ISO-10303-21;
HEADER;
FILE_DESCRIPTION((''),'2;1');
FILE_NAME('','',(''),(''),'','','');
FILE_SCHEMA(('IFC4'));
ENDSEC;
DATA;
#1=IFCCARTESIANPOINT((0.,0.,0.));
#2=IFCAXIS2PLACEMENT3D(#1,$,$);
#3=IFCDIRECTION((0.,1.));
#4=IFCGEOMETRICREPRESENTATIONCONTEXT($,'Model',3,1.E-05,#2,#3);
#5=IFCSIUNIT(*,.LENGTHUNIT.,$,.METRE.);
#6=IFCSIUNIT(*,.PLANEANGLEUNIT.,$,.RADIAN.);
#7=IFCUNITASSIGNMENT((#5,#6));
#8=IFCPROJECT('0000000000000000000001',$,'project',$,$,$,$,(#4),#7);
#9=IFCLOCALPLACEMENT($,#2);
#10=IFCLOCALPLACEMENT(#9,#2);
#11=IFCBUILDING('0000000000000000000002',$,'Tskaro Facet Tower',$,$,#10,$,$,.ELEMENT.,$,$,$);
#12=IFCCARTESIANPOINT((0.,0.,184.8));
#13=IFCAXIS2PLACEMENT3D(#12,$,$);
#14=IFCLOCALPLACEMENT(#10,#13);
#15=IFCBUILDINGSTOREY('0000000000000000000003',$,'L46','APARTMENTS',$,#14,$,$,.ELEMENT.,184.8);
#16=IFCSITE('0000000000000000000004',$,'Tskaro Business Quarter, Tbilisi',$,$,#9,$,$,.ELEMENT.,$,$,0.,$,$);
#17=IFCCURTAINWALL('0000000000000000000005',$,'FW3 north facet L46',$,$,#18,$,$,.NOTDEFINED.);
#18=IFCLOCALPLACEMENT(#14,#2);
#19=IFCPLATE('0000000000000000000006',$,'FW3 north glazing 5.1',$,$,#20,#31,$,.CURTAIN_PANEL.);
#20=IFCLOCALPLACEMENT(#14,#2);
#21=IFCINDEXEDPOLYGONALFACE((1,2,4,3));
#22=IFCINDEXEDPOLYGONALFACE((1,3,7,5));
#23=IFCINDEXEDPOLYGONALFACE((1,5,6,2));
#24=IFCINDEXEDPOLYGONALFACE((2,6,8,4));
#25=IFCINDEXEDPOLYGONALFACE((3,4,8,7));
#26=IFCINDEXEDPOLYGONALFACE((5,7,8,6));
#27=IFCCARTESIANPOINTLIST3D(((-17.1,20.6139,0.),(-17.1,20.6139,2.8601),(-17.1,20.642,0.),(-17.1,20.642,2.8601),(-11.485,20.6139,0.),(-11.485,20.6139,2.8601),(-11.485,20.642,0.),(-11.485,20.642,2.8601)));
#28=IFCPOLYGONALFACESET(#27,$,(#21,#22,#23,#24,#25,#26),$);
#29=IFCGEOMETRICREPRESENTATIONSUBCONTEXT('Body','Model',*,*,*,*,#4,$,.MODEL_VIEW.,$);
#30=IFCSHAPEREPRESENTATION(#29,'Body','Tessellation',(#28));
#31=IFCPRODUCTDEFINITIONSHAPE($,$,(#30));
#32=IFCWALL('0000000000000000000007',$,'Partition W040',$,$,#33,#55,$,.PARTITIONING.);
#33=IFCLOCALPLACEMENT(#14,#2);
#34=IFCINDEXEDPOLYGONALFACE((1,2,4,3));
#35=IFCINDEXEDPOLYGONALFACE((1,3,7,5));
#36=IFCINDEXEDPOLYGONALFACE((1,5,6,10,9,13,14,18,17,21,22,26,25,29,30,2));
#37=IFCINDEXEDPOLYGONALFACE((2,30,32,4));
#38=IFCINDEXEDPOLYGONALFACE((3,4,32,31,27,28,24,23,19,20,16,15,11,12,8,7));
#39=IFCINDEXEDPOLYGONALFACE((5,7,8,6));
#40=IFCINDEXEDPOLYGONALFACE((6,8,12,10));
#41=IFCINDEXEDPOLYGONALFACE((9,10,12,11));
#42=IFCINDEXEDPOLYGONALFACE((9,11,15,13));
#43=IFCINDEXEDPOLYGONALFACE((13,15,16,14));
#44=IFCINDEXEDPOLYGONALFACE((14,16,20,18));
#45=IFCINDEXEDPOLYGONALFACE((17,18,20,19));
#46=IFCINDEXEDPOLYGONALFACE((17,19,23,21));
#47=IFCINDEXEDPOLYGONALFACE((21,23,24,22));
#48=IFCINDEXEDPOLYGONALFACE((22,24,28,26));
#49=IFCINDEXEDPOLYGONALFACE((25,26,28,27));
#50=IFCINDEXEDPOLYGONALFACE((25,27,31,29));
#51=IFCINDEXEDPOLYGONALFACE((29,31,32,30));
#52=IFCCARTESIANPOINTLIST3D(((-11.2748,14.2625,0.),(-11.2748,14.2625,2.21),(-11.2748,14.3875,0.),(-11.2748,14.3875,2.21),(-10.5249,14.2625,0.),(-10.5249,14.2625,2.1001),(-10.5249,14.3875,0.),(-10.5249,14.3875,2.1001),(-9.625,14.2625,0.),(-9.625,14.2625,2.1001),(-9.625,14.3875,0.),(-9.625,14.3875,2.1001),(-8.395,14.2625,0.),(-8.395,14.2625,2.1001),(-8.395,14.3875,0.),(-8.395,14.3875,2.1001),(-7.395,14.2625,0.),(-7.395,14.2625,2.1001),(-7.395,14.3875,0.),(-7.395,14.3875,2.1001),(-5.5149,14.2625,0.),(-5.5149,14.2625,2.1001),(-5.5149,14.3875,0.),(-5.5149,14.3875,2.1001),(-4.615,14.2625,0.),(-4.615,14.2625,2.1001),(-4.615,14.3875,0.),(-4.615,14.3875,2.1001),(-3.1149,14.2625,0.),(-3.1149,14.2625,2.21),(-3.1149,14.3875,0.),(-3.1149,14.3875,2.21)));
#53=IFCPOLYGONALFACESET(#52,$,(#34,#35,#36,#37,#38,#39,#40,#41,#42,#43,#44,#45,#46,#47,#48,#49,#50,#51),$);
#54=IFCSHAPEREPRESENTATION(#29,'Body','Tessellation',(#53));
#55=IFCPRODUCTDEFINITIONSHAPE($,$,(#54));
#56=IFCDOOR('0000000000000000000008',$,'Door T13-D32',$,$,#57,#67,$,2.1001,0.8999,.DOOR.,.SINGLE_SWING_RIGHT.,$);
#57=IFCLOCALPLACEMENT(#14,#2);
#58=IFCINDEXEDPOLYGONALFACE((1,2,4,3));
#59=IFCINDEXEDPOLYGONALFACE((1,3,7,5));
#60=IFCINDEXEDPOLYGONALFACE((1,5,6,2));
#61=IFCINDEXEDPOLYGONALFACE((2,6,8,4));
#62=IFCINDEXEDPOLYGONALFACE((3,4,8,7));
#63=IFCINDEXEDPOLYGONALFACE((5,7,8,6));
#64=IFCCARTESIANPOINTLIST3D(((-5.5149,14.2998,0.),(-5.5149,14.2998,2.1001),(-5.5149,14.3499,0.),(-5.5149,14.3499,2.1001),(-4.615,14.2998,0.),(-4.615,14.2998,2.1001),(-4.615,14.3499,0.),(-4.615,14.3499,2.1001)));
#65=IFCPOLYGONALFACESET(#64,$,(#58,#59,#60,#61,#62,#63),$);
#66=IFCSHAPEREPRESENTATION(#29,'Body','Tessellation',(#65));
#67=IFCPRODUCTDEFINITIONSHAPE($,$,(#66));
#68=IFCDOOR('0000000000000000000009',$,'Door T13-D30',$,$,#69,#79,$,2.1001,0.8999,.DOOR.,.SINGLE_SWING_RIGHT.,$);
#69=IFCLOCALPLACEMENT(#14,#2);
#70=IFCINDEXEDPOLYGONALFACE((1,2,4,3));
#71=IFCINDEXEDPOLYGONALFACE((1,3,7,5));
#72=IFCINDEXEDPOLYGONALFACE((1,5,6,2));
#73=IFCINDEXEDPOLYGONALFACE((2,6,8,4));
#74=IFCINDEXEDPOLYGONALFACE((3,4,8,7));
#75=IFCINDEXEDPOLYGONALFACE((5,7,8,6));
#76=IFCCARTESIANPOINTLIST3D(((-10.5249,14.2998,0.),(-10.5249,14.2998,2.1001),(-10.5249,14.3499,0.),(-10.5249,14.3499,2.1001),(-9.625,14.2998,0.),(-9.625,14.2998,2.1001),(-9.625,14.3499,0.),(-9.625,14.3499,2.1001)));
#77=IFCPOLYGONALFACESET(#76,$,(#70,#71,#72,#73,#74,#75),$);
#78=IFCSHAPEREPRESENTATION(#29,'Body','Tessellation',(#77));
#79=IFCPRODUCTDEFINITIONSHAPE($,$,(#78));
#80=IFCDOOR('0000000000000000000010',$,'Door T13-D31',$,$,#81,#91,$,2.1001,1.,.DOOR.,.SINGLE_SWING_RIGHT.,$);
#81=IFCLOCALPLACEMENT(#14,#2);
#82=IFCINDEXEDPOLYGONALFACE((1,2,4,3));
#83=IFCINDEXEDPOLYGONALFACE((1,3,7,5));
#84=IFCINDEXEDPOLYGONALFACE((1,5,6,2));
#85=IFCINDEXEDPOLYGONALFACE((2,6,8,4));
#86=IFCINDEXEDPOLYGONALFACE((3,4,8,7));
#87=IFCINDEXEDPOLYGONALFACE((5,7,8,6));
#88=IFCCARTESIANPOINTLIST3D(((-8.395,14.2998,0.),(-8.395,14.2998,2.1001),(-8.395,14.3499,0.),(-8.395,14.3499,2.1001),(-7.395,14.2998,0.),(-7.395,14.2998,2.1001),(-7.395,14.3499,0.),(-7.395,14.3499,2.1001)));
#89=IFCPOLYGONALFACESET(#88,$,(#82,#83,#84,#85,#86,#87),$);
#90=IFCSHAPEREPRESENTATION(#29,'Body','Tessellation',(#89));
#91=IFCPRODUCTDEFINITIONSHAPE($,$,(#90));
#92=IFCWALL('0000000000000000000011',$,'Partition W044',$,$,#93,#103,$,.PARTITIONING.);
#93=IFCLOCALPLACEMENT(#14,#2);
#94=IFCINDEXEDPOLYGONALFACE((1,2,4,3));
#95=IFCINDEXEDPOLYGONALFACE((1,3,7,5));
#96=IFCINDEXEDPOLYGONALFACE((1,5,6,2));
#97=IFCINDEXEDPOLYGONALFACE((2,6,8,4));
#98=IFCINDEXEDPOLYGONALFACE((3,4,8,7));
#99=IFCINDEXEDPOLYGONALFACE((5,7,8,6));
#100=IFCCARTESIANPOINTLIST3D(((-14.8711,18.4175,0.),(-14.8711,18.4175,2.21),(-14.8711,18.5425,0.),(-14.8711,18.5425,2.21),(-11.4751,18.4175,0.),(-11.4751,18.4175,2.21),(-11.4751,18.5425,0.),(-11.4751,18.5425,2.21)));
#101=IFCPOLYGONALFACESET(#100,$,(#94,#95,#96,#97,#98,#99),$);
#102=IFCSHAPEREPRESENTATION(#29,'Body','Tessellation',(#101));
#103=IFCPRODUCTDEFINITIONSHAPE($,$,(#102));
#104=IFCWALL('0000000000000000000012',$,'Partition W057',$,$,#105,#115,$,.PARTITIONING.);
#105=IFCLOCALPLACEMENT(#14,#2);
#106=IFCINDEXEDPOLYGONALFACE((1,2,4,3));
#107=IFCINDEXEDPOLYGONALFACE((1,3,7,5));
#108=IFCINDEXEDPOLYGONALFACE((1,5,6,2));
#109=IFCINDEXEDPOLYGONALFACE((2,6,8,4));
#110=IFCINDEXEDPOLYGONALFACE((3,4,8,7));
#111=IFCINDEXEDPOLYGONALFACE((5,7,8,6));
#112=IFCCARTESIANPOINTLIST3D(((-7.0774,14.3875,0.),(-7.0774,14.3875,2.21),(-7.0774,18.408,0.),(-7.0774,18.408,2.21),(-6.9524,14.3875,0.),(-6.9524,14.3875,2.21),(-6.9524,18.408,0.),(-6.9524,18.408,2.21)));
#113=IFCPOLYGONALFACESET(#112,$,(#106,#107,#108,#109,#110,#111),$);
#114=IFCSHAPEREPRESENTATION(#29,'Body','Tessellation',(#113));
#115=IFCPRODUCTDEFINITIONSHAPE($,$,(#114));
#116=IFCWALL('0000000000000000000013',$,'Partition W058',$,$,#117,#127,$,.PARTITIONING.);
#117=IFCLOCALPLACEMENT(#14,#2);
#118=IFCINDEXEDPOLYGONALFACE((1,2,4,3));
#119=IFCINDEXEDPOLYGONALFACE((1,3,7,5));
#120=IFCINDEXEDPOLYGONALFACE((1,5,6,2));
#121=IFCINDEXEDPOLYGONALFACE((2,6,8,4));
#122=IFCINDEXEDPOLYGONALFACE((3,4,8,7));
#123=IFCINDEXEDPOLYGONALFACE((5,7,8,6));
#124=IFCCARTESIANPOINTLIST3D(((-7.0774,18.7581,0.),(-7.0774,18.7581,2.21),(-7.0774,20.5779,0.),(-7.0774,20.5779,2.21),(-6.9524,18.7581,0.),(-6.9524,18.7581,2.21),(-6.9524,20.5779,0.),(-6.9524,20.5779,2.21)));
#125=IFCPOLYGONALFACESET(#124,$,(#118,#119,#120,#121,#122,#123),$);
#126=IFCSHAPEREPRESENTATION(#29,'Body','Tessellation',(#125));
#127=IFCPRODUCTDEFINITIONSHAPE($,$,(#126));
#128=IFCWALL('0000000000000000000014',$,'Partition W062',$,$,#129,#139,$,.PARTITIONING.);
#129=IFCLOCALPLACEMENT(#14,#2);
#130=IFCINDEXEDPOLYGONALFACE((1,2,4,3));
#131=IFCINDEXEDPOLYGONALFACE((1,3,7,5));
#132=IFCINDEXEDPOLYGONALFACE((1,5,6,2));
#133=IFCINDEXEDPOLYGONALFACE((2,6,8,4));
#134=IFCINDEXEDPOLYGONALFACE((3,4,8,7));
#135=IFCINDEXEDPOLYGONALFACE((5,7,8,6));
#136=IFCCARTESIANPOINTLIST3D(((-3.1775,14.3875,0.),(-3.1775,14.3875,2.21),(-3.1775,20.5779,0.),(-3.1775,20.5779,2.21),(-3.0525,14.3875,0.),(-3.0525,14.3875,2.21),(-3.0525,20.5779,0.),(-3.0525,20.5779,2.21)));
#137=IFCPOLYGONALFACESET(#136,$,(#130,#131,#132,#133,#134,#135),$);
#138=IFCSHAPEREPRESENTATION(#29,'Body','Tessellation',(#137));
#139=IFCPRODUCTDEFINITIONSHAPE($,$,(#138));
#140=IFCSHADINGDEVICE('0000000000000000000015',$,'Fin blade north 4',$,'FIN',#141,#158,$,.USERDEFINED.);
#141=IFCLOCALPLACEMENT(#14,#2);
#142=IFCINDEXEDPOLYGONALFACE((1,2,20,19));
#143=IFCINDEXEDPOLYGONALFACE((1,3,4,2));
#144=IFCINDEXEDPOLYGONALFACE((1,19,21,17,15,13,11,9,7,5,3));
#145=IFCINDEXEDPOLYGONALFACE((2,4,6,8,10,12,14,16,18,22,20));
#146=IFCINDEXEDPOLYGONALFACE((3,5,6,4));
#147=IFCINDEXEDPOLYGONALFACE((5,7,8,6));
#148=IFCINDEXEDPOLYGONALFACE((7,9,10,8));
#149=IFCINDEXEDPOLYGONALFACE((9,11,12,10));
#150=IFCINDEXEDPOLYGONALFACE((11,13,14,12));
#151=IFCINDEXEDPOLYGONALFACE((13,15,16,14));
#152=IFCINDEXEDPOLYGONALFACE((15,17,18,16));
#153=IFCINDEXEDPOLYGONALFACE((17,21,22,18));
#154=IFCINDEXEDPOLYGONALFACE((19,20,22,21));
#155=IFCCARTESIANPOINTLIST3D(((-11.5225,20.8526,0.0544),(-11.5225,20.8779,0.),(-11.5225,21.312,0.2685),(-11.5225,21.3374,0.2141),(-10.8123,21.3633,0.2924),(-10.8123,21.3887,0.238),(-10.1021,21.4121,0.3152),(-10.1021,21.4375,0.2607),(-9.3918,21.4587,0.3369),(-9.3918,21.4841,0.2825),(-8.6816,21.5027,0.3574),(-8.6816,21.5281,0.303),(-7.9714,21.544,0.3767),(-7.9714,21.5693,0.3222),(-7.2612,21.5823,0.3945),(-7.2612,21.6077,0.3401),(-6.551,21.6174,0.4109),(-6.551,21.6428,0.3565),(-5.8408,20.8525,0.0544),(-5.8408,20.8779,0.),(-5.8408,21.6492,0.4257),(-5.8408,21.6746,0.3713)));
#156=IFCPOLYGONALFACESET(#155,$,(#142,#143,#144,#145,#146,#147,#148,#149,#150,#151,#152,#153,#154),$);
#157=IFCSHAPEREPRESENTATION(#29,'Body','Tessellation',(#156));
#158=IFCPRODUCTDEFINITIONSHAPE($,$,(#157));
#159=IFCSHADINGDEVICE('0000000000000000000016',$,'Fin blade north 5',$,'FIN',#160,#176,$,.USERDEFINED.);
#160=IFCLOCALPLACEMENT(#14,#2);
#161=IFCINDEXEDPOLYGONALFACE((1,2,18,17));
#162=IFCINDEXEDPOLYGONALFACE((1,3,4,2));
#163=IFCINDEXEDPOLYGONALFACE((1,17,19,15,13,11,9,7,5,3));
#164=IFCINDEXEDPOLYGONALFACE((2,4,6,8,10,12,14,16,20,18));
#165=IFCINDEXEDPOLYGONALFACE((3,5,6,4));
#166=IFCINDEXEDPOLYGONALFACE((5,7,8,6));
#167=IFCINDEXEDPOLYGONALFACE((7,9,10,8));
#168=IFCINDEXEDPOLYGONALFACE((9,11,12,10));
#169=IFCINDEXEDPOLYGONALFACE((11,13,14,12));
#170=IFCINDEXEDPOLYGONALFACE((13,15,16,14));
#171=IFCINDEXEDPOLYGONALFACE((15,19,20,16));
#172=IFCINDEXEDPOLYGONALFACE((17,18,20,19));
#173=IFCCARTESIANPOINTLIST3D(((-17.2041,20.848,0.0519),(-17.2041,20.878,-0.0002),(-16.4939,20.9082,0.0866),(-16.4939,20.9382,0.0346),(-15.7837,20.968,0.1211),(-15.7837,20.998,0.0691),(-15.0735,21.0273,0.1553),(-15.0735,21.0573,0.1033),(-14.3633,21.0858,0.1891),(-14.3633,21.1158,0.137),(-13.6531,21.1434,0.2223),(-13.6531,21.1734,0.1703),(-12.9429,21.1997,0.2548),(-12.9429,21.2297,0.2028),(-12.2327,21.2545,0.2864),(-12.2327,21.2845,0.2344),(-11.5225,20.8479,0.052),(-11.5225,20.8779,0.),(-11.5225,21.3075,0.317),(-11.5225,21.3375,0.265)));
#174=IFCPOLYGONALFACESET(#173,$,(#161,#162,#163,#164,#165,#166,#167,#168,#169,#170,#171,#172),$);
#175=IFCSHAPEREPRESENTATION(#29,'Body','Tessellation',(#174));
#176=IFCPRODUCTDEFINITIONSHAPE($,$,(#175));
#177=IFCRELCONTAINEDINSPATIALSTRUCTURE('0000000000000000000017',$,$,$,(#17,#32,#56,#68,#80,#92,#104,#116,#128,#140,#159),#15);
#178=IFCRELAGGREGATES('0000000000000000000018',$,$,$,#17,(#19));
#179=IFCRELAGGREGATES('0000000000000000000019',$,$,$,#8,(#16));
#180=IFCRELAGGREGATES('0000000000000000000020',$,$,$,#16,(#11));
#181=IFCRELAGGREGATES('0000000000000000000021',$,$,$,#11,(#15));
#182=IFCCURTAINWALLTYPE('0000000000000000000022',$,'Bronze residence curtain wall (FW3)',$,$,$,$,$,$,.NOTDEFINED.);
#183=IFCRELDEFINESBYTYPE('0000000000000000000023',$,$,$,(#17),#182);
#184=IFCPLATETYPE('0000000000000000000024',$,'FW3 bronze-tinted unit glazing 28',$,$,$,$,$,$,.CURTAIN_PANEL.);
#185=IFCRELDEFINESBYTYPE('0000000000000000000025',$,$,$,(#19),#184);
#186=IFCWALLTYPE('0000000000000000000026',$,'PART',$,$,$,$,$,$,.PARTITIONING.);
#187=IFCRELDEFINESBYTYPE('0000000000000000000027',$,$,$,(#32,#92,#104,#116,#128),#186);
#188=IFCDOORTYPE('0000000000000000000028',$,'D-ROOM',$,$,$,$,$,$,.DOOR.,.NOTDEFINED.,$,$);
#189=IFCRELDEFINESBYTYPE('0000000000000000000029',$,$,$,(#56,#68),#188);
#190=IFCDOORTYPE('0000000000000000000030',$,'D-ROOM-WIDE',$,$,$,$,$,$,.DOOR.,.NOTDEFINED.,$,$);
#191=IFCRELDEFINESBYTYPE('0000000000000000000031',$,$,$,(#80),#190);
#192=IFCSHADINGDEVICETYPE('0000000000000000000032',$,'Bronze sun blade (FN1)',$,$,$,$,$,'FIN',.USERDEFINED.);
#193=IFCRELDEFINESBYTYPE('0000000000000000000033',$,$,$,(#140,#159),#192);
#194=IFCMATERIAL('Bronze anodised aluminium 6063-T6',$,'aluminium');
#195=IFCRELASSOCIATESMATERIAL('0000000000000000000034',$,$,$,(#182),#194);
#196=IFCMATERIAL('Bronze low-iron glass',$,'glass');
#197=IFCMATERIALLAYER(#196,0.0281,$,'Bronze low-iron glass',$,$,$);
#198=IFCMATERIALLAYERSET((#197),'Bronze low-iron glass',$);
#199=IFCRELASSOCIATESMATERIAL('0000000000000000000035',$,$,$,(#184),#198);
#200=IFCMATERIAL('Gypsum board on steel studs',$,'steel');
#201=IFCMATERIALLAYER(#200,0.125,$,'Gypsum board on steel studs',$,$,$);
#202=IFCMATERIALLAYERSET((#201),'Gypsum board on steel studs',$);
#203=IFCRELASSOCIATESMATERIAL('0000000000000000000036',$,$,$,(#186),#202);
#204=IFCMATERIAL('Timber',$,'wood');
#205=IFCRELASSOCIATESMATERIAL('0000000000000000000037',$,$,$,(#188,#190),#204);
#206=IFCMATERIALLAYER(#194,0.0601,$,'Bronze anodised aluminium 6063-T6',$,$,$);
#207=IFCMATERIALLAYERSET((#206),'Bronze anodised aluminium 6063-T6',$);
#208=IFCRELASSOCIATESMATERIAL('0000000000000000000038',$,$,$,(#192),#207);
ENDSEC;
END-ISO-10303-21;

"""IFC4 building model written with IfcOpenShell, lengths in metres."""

from ifc_helpers import new_model, si_unit, direction, frame, frame_2d, origin, origin_2d, place, context, subcontext, project, spatial, polyline, rectangle, outline, extrude, material, layer, layer_set, type_object, element, fill, aggregate, save


model = new_model("IFC4")

# Units and contexts
model_context = context("Model", 3, precision=1e-05, world=origin(), true_north=direction((0.0, 1.0)))
body_context = subcontext(model_context, "Body", "Model", "MODEL_VIEW")
ifc_project = project(units=[si_unit("LENGTHUNIT", "METRE"), si_unit("PLANEANGLEUNIT", "RADIAN")], contexts=[model_context])

# Site, building, storey
site_placement = place(None, origin())
site = spatial("IfcSite", under=ifc_project, at=site_placement, Name="Tskaro Business Quarter, Tbilisi", CompositionType="ELEMENT", RefElevation=0.0)
building_placement = place(site_placement, origin())
building = spatial("IfcBuilding", under=site, at=building_placement, Name="Tskaro Facet Tower", CompositionType="ELEMENT")
storey_placement = place(building_placement, frame((0.0, 0.0, 184.8)))
storey = spatial("IfcBuildingStorey", under=building, at=storey_placement, Name="L46", Description="APARTMENTS", CompositionType="ELEMENT", Elevation=184.8)

# Shared definitions
ifc_material_1 = material(Name="Bronze anodised aluminium 6063-T6", Category="aluminium")
curtain_wall_type = type_object("IfcCurtainWallType", Name="Bronze residence curtain wall (FW3)", PredefinedType="NOTDEFINED", material=ifc_material_1)

# Curtain wall
curtain_wall_1_placement = place(storey_placement, origin())
curtain_wall_1 = element("IfcCurtainWall", 1, at=curtain_wall_1_placement, inside=storey, type_object=curtain_wall_type, Name="FW3 north facet L46", PredefinedType="NOTDEFINED")

# Plate
ifc_material_2 = material(Name="Bronze low-iron glass", Category="glass")
ifc_layer_1 = layer(ifc_material_2, 0.0281, Name="Bronze low-iron glass")
ifc_layer_set_1 = layer_set([ifc_layer_1], Name="Bronze low-iron glass")
plate_type = type_object("IfcPlateType", Name="FW3 bronze-tinted unit glazing 28", PredefinedType="CURTAIN_PANEL", material=ifc_layer_set_1)
plate_1_placement = place(storey_placement, frame((-14.2925, 20.6279, 0.0), z_axis=(0.0, 0.0, 1.0), x_axis=(-1.0, 0.0, 0.0)))
plate_1 = element("IfcPlate", 2, at=plate_1_placement, type_object=plate_type, Name="FW3 north glazing 5.1", PredefinedType="CURTAIN_PANEL", context=body_context, shape_type="SweptSolid", body=[
    extrude(rectangle(XDim=5.615, YDim=0.0281, at=origin_2d()), origin(), (0.0, 0.0, 1.0), 2.8601),
])
aggregate(curtain_wall_1, [plate_1])

# Wall, openings, doors
ifc_material_3 = material(Name="Gypsum board on steel studs", Category="steel")
ifc_layer_2 = layer(ifc_material_3, 0.125, Name="Gypsum board on steel studs")
ifc_layer_set_2 = layer_set([ifc_layer_2], Name="Gypsum board on steel studs")
wall_type = type_object("IfcWallType", Name="PART", PredefinedType="PARTITIONING", material=ifc_layer_set_2)
wall_1_placement = place(storey_placement, frame((-11.2749, 14.325, 0.0), z_axis=(0.0, 0.0, 1.0), x_axis=(1.0, 0.0, 0.0)))
wall_1 = element("IfcWall", 3, at=wall_1_placement, inside=storey, type_object=wall_type, Name="Partition W040", PredefinedType="PARTITIONING", context=body_context, shape_type="SweptSolid", body=[
    extrude(rectangle(XDim=8.1599, YDim=0.125, at=frame_2d((4.0801, 0.0))), origin(), (0.0, 0.0, 1.0), 2.21),
])
opening_1_placement = place(wall_1_placement, frame((5.76, 0.0, 0.0)))
opening_1 = element("IfcOpeningElement", 4, at=opening_1_placement, cuts=wall_1, PredefinedType="OPENING", context=body_context, shape_type="SweptSolid", body=[
    extrude(rectangle(XDim=0.8999, YDim=2.1001, at=frame_2d((0.45, 1.05))), frame((0.0, 0.0725, 0.0), z_axis=(0.0, -1.0, 0.0), x_axis=(1.0, 0.0, 0.0)), (0.0, 0.0, 1.0), 0.145),
])
opening_2_placement = place(wall_1_placement, frame((2.8799, 0.0, 0.0)))
opening_2 = element("IfcOpeningElement", 5, at=opening_2_placement, cuts=wall_1, PredefinedType="OPENING", context=body_context, shape_type="SweptSolid", body=[
    extrude(rectangle(XDim=1.0, YDim=2.1001, at=frame_2d((0.5, 1.05))), frame((0.0, 0.0725, 0.0), z_axis=(0.0, -1.0, 0.0), x_axis=(1.0, 0.0, 0.0)), (0.0, 0.0, 1.0), 0.145),
])
opening_3_placement = place(wall_1_placement, frame((0.75, 0.0, 0.0)))
opening_3 = element("IfcOpeningElement", 6, at=opening_3_placement, cuts=wall_1, PredefinedType="OPENING", context=body_context, shape_type="SweptSolid", body=[
    extrude(rectangle(XDim=0.8999, YDim=2.1001, at=frame_2d((0.45, 1.05))), frame((0.0, 0.0725, 0.0), z_axis=(0.0, -1.0, 0.0), x_axis=(1.0, 0.0, 0.0)), (0.0, 0.0, 1.0), 0.145),
])
ifc_material_4 = material(Name="Timber", Category="wood")
door_type_1 = type_object("IfcDoorType", Name="D-ROOM", OperationType="NOTDEFINED", PredefinedType="DOOR", material=ifc_material_4)
door_1_placement = place(opening_1_placement, origin())
door_1 = element("IfcDoor", 7, at=door_1_placement, inside=storey, type_object=door_type_1, Name="Door T13-D32", OperationType="SINGLE_SWING_RIGHT", OverallHeight=2.1001, OverallWidth=0.8999, PredefinedType="DOOR", context=body_context, shape_type="SweptSolid", body=[
    extrude(rectangle(XDim=0.8999, YDim=2.1001, at=frame_2d((0.45, 1.05))), frame((0.0, 0.0249, 0.0), z_axis=(0.0, -1.0, 0.0), x_axis=(1.0, 0.0, 0.0)), (0.0, 0.0, 1.0), 0.05),
])
fill(opening_1, door_1)
door_2_placement = place(opening_3_placement, origin())
door_2 = element("IfcDoor", 8, at=door_2_placement, inside=storey, type_object=door_type_1, Name="Door T13-D30", OperationType="SINGLE_SWING_RIGHT", OverallHeight=2.1001, OverallWidth=0.8999, PredefinedType="DOOR", context=body_context, shape_type="SweptSolid", body=[
    extrude(rectangle(XDim=0.8999, YDim=2.1001, at=frame_2d((0.45, 1.05))), frame((0.0, 0.0249, 0.0), z_axis=(0.0, -1.0, 0.0), x_axis=(1.0, 0.0, 0.0)), (0.0, 0.0, 1.0), 0.05),
])
fill(opening_3, door_2)
door_type_2 = type_object("IfcDoorType", Name="D-ROOM-WIDE", OperationType="NOTDEFINED", PredefinedType="DOOR", material=ifc_material_4)
door_3_placement = place(opening_2_placement, origin())
door_3 = element("IfcDoor", 9, at=door_3_placement, inside=storey, type_object=door_type_2, Name="Door T13-D31", OperationType="SINGLE_SWING_RIGHT", OverallHeight=2.1001, OverallWidth=1.0, PredefinedType="DOOR", context=body_context, shape_type="SweptSolid", body=[
    extrude(rectangle(XDim=1.0, YDim=2.1001, at=frame_2d((0.5, 1.05))), frame((0.0, 0.0249, 0.0), z_axis=(0.0, -1.0, 0.0), x_axis=(1.0, 0.0, 0.0)), (0.0, 0.0, 1.0), 0.05),
])
fill(opening_2, door_3)

# Walls
wall_2_placement = place(storey_placement, frame((-14.8711, 18.48, 0.0), z_axis=(0.0, 0.0, 1.0), x_axis=(1.0, 0.0, 0.0)))
element("IfcWall", 10, at=wall_2_placement, inside=storey, type_object=wall_type, Name="Partition W044", PredefinedType="PARTITIONING", context=body_context, shape_type="SweptSolid", body=[
    extrude(rectangle(XDim=3.396, YDim=0.125, at=frame_2d((1.698, 0.0))), origin(), (0.0, 0.0, 1.0), 2.21),
])
wall_3_placement = place(storey_placement, frame((-7.0149, 14.3875, 0.0), z_axis=(0.0, 0.0, 1.0), x_axis=(0.0, 1.0, 0.0)))
element("IfcWall", 11, at=wall_3_placement, inside=storey, type_object=wall_type, Name="Partition W057", PredefinedType="PARTITIONING", context=body_context, shape_type="SweptSolid", body=[
    extrude(rectangle(XDim=4.0205, YDim=0.125, at=frame_2d((2.0103, 0.0))), origin(), (0.0, 0.0, 1.0), 2.21),
])
wall_4_placement = place(storey_placement, frame((-7.0149, 18.7581, 0.0), z_axis=(0.0, 0.0, 1.0), x_axis=(0.0, 1.0, 0.0)))
element("IfcWall", 12, at=wall_4_placement, inside=storey, type_object=wall_type, Name="Partition W058", PredefinedType="PARTITIONING", context=body_context, shape_type="SweptSolid", body=[
    extrude(rectangle(XDim=1.8198, YDim=0.125, at=frame_2d((0.9099, 0.0))), origin(), (0.0, 0.0, 1.0), 2.21),
])
wall_5_placement = place(storey_placement, frame((-3.115, 14.3875, 0.0), z_axis=(0.0, 0.0, 1.0), x_axis=(0.0, 1.0, 0.0)))
element("IfcWall", 13, at=wall_5_placement, inside=storey, type_object=wall_type, Name="Partition W062", PredefinedType="PARTITIONING", context=body_context, shape_type="SweptSolid", body=[
    extrude(rectangle(XDim=6.1904, YDim=0.125, at=frame_2d((3.0952, 0.0))), origin(), (0.0, 0.0, 1.0), 2.21),
])

# Shading devices
ifc_layer_3 = layer(ifc_material_1, 0.0601, Name="Bronze anodised aluminium 6063-T6")
ifc_layer_set_3 = layer_set([ifc_layer_3], Name="Bronze anodised aluminium 6063-T6")
shading_device_type = type_object("IfcShadingDeviceType", Name="Bronze sun blade (FN1)", ElementType="FIN", PredefinedType="USERDEFINED", material=ifc_layer_set_3)
shading_device_1_placement = place(storey_placement, frame((-5.8408, 20.8525, 0.0544), z_axis=(-0.000009, -0.422413, 0.906404), x_axis=(-1.0, 0.000004, -0.000008)))
element("IfcShadingDevice", 14, at=shading_device_1_placement, inside=storey, type_object=shading_device_type, Name="Fin blade north 4", ObjectType="FIN", PredefinedType="USERDEFINED", context=body_context, shape_type="SweptSolid", body=[
    extrude(outline(polyline([(0.0, 0.0), (5.6816, 0.0), (5.6816, -0.5069), (4.9714, -0.5635), (4.2612, -0.6173), (3.551, -0.6688), (2.8408, -0.7173), (2.1306, -0.7628), (1.4204, -0.8051), (0.7102, -0.8439), (0.0, -0.8789), (0.0, 0.0)])), origin(), (0.0, 0.0, -1.0), 0.0601),
])
shading_device_2_placement = place(storey_placement, frame((-11.5225, 20.8479, 0.052), z_axis=(-0.000029, -0.499538, 0.866292), x_axis=(-1.0, 0.000015, -0.000025)))
element("IfcShadingDevice", 15, at=shading_device_2_placement, inside=storey, type_object=shading_device_type, Name="Fin blade north 5", ObjectType="FIN", PredefinedType="USERDEFINED", context=body_context, shape_type="SweptSolid", body=[
    extrude(outline(polyline([(0.0, 0.0), (5.6816, 0.0), (4.9714, -0.0696), (4.2612, -0.1386), (3.551, -0.207), (2.8408, -0.2745), (2.1306, -0.341), (1.4204, -0.4061), (0.7102, -0.4693), (0.0, -0.5305), (0.0, 0.0)])), origin(), (0.0, 0.0, -1.0), 0.0601),
])

save(model, "model.ifc")
